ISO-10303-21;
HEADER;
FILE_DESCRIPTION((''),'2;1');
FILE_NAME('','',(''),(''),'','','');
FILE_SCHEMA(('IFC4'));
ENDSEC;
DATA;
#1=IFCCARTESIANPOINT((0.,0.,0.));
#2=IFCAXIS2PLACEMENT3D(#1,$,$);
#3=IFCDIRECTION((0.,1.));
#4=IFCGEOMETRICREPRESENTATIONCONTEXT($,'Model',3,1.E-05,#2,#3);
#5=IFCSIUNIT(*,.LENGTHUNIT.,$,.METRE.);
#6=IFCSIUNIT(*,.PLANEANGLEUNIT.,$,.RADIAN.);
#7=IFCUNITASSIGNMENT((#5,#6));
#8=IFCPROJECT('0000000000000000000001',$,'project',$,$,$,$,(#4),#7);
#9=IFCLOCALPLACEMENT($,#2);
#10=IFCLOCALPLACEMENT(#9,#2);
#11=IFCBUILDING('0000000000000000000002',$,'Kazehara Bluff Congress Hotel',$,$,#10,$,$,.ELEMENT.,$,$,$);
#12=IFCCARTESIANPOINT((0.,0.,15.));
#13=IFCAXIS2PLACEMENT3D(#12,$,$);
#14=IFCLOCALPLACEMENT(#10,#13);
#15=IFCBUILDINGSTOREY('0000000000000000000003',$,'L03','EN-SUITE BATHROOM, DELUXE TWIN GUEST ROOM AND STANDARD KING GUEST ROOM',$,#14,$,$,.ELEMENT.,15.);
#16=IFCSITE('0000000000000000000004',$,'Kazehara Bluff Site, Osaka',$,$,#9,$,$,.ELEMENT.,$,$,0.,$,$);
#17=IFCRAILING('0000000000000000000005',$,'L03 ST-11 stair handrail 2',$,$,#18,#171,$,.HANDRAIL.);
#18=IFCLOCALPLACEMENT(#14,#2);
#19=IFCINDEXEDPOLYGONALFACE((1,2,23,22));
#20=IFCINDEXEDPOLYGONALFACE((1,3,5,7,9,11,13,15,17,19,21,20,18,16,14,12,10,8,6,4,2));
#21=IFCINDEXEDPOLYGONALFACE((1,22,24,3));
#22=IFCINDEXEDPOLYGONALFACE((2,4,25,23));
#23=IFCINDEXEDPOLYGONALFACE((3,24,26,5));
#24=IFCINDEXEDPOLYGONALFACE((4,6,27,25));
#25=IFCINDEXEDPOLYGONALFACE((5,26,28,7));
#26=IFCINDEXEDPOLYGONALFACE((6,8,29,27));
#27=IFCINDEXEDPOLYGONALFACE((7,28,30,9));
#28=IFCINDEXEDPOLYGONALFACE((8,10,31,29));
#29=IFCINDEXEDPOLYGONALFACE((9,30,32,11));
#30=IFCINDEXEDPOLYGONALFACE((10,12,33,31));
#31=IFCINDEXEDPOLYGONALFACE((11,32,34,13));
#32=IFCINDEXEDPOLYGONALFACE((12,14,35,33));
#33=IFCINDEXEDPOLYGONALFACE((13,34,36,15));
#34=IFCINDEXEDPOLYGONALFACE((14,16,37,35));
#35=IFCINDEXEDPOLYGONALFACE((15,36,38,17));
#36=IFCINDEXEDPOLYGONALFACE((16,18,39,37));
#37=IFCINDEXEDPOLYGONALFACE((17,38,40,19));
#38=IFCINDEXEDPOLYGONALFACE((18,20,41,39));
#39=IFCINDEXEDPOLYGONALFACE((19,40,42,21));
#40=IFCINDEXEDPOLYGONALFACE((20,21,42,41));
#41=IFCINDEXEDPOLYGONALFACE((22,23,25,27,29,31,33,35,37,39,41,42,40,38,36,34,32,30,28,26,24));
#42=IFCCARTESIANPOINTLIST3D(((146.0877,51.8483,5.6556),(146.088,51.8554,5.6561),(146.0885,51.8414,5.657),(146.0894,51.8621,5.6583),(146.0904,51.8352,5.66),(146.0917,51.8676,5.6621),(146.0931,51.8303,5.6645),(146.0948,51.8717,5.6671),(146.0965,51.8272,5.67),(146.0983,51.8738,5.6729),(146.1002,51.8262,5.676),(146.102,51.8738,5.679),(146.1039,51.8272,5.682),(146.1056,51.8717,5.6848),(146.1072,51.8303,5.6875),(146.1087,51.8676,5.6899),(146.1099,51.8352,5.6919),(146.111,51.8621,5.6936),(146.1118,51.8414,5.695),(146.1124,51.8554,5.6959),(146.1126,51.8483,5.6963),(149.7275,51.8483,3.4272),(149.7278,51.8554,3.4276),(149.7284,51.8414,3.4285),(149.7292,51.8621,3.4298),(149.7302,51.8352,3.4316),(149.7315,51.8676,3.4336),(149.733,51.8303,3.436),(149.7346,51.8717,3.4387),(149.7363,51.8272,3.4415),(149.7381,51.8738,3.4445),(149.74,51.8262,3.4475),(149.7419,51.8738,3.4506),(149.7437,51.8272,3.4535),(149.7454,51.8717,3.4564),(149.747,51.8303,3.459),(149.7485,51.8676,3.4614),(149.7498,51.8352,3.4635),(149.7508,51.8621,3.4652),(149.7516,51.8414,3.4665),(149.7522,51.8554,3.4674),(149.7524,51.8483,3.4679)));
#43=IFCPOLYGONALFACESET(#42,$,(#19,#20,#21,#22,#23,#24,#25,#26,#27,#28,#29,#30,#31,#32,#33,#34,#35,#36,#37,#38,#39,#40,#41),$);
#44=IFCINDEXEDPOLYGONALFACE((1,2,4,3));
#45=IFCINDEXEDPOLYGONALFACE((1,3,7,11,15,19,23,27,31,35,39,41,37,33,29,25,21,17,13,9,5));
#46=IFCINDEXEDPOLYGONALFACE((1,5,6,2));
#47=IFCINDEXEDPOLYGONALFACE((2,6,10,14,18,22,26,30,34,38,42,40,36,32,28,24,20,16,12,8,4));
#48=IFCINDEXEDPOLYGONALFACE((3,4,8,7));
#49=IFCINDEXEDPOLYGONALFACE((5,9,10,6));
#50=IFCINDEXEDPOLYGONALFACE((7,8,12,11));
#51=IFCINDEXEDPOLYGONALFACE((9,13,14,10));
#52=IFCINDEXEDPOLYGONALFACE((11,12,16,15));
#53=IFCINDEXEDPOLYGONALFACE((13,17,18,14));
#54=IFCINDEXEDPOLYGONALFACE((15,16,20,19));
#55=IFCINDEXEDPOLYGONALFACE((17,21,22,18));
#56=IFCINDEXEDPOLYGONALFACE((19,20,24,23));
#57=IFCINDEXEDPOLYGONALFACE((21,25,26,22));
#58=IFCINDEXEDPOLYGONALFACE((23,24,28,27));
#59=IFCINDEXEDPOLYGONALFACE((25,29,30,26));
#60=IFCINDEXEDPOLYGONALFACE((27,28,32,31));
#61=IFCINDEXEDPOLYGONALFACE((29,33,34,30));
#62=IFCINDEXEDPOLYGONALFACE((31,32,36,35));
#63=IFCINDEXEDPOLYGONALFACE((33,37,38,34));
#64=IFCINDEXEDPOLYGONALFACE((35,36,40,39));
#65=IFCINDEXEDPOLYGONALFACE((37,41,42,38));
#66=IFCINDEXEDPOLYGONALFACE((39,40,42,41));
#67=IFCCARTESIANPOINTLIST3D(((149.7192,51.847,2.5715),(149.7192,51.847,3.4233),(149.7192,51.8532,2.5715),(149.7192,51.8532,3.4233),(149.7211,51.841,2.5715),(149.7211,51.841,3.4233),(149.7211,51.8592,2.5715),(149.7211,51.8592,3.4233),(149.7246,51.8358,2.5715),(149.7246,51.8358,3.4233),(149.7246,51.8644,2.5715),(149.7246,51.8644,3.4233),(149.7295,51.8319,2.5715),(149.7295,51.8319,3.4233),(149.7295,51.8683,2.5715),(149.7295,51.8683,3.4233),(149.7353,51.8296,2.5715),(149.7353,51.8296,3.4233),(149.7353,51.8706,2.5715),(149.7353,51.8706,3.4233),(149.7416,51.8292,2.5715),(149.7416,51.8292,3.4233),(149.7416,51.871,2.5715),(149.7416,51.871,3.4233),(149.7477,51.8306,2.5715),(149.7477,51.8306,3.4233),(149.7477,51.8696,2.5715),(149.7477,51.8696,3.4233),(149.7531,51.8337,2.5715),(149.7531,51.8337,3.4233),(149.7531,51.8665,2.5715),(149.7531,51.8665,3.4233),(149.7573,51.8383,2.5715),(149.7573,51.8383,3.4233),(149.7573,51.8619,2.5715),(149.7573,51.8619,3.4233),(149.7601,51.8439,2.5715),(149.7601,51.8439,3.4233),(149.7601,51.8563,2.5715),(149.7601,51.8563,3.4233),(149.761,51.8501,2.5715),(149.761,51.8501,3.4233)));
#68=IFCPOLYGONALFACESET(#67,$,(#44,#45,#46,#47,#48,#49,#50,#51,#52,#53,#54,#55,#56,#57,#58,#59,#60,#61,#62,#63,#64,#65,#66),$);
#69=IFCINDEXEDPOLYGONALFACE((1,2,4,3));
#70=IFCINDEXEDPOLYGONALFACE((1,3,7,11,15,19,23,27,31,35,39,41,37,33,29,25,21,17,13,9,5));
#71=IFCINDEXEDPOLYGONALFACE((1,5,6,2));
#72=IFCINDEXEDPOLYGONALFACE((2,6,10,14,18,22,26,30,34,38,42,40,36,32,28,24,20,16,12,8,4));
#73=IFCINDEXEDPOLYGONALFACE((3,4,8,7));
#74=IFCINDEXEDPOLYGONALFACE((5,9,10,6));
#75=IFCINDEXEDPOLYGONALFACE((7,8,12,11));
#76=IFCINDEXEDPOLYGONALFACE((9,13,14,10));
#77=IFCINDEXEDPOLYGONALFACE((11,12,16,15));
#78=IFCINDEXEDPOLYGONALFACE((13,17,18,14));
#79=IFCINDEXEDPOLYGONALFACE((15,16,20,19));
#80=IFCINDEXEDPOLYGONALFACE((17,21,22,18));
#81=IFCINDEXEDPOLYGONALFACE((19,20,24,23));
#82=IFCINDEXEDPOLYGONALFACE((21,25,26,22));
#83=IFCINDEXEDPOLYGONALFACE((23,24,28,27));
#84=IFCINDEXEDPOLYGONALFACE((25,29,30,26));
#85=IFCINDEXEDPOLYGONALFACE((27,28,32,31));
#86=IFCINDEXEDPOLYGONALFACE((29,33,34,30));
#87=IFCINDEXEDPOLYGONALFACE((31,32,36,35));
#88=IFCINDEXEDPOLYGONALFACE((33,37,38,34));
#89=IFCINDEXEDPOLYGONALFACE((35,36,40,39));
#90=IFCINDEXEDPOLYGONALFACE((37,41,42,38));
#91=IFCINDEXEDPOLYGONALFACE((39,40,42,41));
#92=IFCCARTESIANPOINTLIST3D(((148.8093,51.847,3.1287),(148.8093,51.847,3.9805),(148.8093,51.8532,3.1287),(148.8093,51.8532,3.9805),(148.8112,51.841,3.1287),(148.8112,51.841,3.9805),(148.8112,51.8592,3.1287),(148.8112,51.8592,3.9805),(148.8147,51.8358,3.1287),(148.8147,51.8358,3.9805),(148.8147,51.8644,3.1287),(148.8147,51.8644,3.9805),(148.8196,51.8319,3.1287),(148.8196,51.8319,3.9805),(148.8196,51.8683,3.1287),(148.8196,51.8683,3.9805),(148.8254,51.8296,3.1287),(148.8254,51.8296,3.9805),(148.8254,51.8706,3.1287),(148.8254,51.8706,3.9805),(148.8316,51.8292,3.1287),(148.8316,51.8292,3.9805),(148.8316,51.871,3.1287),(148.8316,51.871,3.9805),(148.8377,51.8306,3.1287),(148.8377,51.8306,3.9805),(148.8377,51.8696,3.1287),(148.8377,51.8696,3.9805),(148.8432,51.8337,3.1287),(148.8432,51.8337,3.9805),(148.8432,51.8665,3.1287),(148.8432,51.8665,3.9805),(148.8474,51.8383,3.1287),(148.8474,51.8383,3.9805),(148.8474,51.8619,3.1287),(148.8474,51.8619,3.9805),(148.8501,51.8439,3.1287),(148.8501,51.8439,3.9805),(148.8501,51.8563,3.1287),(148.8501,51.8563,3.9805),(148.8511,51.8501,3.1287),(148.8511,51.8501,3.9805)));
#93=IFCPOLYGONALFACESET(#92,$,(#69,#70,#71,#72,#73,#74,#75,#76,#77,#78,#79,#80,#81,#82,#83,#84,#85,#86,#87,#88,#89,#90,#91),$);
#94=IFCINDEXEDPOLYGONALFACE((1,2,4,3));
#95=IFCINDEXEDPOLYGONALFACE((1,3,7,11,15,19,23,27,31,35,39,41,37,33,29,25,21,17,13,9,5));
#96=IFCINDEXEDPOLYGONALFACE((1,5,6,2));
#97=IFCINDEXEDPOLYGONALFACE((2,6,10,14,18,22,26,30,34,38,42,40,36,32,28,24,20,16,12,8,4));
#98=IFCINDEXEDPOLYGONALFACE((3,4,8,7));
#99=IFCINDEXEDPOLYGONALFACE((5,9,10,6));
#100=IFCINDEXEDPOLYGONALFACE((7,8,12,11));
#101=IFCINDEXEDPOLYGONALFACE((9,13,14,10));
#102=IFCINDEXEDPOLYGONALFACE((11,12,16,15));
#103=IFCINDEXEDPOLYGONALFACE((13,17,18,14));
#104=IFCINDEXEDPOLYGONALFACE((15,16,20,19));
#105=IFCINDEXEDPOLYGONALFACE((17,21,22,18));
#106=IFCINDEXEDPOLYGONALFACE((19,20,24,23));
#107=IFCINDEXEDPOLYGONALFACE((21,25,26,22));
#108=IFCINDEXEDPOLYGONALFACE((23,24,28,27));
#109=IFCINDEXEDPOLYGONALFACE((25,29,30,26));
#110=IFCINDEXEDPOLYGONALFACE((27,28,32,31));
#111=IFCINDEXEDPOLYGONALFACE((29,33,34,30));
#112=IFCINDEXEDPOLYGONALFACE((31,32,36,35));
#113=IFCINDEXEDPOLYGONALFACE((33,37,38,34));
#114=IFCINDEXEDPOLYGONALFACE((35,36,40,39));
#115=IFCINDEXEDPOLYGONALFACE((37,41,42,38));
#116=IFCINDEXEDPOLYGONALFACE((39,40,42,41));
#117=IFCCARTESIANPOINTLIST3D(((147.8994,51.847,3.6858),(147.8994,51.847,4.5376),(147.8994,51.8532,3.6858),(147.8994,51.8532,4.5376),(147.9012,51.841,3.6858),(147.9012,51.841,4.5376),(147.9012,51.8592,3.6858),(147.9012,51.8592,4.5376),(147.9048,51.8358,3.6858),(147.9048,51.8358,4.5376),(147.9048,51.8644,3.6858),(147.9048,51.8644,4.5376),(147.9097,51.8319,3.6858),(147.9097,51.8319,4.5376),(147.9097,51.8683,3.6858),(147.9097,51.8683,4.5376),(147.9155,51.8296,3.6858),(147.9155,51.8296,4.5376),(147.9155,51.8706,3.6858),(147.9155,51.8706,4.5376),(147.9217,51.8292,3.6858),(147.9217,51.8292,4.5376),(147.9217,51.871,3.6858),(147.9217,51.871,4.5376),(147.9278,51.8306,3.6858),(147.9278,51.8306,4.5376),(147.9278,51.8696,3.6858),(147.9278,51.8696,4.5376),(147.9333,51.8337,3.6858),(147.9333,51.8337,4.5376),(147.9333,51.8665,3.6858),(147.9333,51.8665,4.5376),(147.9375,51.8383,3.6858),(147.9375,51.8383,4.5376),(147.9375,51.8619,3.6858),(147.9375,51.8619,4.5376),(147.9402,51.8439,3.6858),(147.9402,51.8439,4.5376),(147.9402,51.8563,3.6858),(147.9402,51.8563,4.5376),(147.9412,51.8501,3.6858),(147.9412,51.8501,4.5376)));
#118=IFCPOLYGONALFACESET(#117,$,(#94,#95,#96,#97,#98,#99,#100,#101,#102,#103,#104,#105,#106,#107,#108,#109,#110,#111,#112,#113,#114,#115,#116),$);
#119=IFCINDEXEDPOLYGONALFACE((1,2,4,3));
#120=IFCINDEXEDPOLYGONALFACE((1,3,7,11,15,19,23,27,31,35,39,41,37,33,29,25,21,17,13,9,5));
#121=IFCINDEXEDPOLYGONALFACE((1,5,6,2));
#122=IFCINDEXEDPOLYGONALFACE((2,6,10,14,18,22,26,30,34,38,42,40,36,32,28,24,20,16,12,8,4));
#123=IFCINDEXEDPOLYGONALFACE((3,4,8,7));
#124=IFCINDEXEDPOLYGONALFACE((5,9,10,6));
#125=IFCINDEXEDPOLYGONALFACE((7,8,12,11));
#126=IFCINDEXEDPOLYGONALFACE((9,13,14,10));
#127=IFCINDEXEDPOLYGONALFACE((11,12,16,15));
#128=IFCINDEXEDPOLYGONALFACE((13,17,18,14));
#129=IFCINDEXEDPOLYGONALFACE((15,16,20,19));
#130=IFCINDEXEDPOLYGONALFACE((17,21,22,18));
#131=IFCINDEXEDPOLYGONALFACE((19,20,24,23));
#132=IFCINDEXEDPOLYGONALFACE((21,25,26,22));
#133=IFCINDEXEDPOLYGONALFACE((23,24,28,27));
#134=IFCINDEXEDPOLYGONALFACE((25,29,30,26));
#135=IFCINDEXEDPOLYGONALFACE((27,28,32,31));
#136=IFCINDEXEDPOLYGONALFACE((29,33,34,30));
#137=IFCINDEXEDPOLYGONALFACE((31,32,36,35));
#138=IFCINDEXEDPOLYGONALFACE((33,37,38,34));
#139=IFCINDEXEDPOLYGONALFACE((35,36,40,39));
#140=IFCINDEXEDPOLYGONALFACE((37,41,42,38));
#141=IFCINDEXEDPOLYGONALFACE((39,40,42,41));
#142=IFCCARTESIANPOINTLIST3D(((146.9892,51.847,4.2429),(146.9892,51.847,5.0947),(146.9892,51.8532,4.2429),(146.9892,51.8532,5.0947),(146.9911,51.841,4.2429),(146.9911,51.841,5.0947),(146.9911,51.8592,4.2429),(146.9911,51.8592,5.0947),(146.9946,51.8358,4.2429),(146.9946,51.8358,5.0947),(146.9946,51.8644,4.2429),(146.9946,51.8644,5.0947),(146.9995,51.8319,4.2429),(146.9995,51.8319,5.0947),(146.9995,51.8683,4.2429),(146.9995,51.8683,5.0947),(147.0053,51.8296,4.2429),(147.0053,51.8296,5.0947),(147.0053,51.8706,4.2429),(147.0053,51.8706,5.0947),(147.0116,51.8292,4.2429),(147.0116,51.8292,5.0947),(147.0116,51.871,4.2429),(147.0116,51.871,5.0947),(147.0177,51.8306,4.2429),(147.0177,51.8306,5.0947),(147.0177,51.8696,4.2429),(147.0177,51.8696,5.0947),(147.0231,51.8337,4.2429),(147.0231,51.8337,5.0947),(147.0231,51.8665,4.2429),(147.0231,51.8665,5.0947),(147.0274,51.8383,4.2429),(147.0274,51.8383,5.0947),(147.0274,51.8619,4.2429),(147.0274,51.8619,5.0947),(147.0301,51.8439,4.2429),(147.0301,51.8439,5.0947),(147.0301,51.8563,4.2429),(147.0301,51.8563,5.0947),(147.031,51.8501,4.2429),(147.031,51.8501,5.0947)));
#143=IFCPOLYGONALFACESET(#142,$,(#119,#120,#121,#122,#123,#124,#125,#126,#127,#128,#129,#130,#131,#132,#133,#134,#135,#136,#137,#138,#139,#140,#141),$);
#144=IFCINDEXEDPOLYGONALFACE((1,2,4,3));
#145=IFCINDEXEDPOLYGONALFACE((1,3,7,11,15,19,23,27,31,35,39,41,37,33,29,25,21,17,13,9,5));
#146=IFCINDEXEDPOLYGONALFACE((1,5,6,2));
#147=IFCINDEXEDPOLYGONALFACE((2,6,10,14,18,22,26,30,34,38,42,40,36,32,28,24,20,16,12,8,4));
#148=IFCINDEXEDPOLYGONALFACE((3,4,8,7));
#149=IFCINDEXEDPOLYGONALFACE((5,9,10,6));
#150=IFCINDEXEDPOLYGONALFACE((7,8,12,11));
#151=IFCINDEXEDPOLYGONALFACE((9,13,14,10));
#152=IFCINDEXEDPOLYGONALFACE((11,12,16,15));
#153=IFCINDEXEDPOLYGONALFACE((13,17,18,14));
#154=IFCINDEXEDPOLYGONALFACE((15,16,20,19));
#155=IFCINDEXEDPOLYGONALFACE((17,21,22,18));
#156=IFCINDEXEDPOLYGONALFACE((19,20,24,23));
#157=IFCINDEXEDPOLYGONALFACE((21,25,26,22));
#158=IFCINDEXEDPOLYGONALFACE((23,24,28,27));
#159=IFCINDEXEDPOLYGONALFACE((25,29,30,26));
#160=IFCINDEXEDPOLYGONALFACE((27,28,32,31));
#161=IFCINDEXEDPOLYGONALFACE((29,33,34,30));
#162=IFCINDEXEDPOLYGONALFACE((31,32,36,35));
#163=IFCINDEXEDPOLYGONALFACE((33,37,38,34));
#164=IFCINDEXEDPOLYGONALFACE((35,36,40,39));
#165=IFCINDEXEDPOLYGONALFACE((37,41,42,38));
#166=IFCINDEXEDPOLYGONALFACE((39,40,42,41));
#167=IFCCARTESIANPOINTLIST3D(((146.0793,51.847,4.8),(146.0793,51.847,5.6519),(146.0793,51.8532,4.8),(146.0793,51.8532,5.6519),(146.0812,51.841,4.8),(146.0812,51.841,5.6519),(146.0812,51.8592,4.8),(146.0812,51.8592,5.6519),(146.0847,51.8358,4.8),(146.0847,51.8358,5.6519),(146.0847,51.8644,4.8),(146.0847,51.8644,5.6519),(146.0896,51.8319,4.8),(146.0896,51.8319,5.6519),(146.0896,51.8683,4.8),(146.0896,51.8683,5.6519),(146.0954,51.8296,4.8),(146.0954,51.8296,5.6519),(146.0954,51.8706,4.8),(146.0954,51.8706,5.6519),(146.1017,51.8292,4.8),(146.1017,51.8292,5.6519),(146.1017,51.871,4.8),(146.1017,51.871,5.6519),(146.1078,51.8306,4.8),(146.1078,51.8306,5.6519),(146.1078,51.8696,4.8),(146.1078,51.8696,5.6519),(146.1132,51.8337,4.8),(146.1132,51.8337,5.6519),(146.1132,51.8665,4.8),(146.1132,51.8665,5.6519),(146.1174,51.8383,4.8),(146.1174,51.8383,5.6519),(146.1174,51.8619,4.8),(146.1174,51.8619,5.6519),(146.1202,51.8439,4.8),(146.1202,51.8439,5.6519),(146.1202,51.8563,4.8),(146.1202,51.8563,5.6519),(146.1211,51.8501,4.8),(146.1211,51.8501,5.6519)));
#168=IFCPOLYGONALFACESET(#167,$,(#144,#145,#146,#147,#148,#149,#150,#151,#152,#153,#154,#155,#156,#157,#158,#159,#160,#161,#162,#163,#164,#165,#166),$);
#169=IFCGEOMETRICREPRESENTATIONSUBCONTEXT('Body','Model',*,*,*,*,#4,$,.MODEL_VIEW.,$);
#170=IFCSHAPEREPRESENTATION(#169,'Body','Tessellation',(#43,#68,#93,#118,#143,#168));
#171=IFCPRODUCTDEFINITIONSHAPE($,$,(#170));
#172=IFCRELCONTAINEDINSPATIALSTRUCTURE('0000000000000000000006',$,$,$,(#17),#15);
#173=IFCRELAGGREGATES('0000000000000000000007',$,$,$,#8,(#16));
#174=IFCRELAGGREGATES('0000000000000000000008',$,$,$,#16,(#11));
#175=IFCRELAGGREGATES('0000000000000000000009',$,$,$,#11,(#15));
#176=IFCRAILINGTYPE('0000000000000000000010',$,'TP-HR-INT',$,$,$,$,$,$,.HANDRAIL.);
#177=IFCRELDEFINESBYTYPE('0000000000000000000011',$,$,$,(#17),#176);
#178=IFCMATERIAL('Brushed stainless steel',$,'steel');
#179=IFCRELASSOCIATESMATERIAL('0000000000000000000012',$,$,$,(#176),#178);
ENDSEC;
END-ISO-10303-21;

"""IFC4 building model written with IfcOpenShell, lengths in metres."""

from ifc_helpers import new_model, si_unit, direction, frame, origin, origin_2d, place, context, subcontext, project, spatial, circle, extrude, material, type_object, element, save


model = new_model("IFC4")

# Units and contexts
model_context = context("Model", 3, precision=1e-05, world=origin(), true_north=direction((0.0, 1.0)))
body_context = subcontext(model_context, "Body", "Model", "MODEL_VIEW")
ifc_project = project(units=[si_unit("LENGTHUNIT", "METRE"), si_unit("PLANEANGLEUNIT", "RADIAN")], contexts=[model_context])

# Site, building, storey
site_placement = place(None, origin())
site = spatial("IfcSite", under=ifc_project, at=site_placement, Name="Kazehara Bluff Site, Osaka", CompositionType="ELEMENT", RefElevation=0.0)
building_placement = place(site_placement, origin())
building = spatial("IfcBuilding", under=site, at=building_placement, Name="Kazehara Bluff Congress Hotel", CompositionType="ELEMENT")
storey_placement = place(building_placement, frame((0.0, 0.0, 15.0)))
storey = spatial("IfcBuildingStorey", under=building, at=storey_placement, Name="L03", Description="EN-SUITE BATHROOM, DELUXE TWIN GUEST ROOM AND STANDARD KING GUEST ROOM", CompositionType="ELEMENT", Elevation=15.0)

# Railing
ifc_material_1 = material(Name="Brushed stainless steel", Category="steel")
railing_type = type_object("IfcRailingType", Name="TP-HR-INT", PredefinedType="HANDRAIL", material=ifc_material_1)
railing_placement = place(storey_placement, frame((149.74, 51.8501, 2.5715)))
element("IfcRailing", 1, at=railing_placement, inside=storey, type_object=railing_type, Name="L03 ST-11 stair handrail 2", PredefinedType="HANDRAIL", context=body_context, shape_type="SweptSolid", body=[
    extrude(circle(Radius=0.0239, at=origin_2d()), frame((0.0, 0.0, 0.876), z_axis=(-0.85285, 0.0, 0.522156), x_axis=(0.0, -1.0, 0.0)), (0.0, 0.0, 1.0), 4.2678),
    extrude(circle(Radius=0.021, at=origin_2d()), origin(), (0.0, 0.0, 1.0), 0.8518),
    extrude(circle(Radius=0.021, at=origin_2d()), frame((-0.9099, 0.0, 0.5571)), (0.0, 0.0, 1.0), 0.8518),
    extrude(circle(Radius=0.021, at=origin_2d()), frame((-1.8198, 0.0, 1.1143)), (0.0, 0.0, 1.0), 0.8518),
    extrude(circle(Radius=0.021, at=origin_2d()), frame((-2.73, 0.0, 1.6714)), (0.0, 0.0, 1.0), 0.8518),
    extrude(circle(Radius=0.021, at=origin_2d()), frame((-3.6399, 0.0, 2.2285)), (0.0, 0.0, 1.0), 0.8518),
])

save(model, "model.ifc")
